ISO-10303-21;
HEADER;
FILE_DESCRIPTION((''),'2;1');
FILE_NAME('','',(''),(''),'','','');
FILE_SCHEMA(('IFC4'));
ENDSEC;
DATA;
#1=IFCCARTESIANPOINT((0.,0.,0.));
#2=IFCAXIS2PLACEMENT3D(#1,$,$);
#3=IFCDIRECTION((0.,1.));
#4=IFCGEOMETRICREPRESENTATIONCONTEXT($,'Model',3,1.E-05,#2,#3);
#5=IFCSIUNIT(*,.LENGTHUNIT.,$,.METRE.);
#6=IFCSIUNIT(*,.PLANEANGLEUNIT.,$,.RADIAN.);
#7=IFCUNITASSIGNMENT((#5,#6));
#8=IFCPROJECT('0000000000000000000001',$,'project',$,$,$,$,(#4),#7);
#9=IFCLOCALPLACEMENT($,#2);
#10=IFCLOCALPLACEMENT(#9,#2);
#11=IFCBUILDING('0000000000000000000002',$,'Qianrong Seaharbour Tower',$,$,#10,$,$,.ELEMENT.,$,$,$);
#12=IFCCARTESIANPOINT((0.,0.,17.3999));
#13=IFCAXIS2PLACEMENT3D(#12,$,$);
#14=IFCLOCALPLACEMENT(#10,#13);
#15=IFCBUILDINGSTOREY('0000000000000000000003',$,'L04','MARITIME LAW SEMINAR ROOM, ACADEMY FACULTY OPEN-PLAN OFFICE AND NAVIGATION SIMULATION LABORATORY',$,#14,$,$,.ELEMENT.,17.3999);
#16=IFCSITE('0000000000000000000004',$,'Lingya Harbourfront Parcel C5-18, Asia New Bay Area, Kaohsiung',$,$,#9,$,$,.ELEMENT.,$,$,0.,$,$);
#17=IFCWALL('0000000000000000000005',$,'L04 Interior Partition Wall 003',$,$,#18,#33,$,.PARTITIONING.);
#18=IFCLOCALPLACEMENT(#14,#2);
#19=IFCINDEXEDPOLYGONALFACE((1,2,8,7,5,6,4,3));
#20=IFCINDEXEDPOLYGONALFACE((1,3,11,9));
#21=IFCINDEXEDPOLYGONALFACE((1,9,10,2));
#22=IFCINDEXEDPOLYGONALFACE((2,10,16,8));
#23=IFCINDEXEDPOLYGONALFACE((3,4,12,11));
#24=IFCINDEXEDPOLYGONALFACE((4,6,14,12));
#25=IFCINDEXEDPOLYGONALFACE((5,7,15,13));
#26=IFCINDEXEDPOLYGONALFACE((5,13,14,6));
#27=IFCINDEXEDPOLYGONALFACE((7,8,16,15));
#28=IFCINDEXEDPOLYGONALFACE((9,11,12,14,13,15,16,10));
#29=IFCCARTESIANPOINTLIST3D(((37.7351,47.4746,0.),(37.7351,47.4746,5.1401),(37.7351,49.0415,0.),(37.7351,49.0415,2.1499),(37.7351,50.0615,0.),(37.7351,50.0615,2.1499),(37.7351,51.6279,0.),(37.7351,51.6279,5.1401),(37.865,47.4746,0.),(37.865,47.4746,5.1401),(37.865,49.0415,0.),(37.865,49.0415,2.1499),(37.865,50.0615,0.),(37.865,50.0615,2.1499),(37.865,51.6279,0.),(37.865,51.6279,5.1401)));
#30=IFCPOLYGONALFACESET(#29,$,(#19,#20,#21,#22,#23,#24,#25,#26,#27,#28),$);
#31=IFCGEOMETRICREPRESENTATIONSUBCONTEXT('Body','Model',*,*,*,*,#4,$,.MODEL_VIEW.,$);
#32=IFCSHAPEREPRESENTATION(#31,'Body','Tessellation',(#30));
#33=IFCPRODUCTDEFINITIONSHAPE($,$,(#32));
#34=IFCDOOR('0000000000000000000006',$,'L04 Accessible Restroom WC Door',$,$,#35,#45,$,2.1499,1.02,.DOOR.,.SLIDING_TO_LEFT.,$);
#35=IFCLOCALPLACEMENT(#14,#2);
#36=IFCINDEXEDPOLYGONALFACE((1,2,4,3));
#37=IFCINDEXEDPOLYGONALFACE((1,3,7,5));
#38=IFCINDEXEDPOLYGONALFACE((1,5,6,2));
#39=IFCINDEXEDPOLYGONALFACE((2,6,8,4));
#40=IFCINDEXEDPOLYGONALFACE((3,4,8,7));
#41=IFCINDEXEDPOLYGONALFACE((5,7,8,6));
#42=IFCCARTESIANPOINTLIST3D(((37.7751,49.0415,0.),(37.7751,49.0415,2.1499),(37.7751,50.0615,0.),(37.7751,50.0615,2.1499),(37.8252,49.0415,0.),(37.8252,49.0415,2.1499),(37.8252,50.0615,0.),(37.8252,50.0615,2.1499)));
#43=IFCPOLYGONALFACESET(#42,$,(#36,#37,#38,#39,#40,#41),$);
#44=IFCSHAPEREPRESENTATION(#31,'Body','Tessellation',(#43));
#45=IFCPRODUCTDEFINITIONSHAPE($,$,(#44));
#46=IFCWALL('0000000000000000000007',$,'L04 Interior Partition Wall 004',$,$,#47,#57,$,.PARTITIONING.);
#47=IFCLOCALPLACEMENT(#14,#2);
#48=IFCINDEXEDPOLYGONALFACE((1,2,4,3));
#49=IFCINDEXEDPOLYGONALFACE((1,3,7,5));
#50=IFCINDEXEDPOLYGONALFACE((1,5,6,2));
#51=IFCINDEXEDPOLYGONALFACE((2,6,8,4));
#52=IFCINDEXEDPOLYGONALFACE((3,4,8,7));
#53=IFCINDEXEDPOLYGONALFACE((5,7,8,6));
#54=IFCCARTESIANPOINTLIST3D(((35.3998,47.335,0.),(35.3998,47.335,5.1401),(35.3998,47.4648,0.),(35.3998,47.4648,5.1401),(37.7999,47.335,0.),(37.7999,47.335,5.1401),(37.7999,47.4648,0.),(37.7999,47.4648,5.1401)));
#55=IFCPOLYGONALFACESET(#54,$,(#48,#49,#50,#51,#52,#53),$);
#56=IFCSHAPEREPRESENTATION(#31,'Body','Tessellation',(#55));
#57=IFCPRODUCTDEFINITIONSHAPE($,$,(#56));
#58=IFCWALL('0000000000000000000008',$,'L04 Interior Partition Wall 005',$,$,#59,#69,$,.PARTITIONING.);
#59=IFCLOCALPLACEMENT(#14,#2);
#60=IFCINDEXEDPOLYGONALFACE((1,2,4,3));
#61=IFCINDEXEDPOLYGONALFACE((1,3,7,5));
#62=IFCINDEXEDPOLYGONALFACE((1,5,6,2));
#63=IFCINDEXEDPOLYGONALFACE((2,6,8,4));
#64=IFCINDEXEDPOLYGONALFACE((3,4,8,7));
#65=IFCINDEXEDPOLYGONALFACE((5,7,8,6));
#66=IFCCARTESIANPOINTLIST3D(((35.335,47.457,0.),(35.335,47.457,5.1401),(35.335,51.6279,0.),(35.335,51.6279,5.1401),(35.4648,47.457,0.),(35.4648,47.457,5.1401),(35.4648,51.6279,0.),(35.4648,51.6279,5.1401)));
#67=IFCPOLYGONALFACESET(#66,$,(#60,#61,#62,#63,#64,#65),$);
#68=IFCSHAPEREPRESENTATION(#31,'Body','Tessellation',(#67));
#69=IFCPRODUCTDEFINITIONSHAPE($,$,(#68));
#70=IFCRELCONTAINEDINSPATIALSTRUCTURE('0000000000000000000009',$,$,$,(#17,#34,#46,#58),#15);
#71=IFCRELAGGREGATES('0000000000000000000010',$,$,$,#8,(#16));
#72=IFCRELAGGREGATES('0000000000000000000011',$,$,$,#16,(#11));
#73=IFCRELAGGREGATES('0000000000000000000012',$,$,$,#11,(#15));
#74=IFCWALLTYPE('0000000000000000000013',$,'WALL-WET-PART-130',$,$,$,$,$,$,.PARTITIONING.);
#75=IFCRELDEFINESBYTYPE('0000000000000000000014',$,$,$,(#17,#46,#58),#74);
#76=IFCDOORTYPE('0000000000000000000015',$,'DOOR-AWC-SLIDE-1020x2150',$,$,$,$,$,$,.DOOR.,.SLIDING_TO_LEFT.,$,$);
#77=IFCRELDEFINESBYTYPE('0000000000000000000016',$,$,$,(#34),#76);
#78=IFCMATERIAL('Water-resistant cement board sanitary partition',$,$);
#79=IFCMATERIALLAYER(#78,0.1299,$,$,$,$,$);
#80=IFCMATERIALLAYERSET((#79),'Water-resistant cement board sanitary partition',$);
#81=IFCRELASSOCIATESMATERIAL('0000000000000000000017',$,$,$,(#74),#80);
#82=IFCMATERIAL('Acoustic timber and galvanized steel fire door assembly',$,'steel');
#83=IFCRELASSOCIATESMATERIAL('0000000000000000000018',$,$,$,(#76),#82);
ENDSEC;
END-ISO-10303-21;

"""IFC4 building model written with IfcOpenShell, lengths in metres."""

from ifc_helpers import new_model, si_unit, direction, frame, frame_2d, origin, place, context, subcontext, project, spatial, rectangle, extrude, material, layer, layer_set, type_object, element, fill, save


model = new_model("IFC4")

# Units and contexts
model_context = context("Model", 3, precision=1e-05, world=origin(), true_north=direction((0.0, 1.0)))
body_context = subcontext(model_context, "Body", "Model", "MODEL_VIEW")
ifc_project = project(units=[si_unit("LENGTHUNIT", "METRE"), si_unit("PLANEANGLEUNIT", "RADIAN")], contexts=[model_context])

# Site, building, storey
site_placement = place(None, origin())
site = spatial("IfcSite", under=ifc_project, at=site_placement, Name="Lingya Harbourfront Parcel C5-18, Asia New Bay Area, Kaohsiung", CompositionType="ELEMENT", RefElevation=0.0)
building_placement = place(site_placement, origin())
building = spatial("IfcBuilding", under=site, at=building_placement, Name="Qianrong Seaharbour Tower", CompositionType="ELEMENT")
storey_placement = place(building_placement, frame((0.0, 0.0, 17.3999)))
storey = spatial("IfcBuildingStorey", under=building, at=storey_placement, Name="L04", Description="MARITIME LAW SEMINAR ROOM, ACADEMY FACULTY OPEN-PLAN OFFICE AND NAVIGATION SIMULATION LABORATORY", CompositionType="ELEMENT", Elevation=17.3999)

# Wall, opening, door
ifc_material_1 = material(Name="Acoustic timber and galvanized steel fire door assembly", Category="steel")
ifc_material_2 = material(Name="Water-resistant cement board sanitary partition")
ifc_layer_1 = layer(ifc_material_2, 0.1299)
ifc_layer_set_1 = layer_set([ifc_layer_1], Name="Water-resistant cement board sanitary partition")
wall_type_1 = type_object("IfcWallType", Name="WALL-WET-PART-130", PredefinedType="PARTITIONING", material=ifc_layer_set_1)
wall_1_placement = place(storey_placement, frame((37.8, 47.4746, 0.0), z_axis=(0.0, 0.0, 1.0), x_axis=(0.0, 1.0, 0.0)))
wall_1 = element("IfcWall", 1, at=wall_1_placement, inside=storey, type_object=wall_type_1, Name="L04 Interior Partition Wall 003", PredefinedType="PARTITIONING", context=body_context, shape_type="SweptSolid", body=[
    extrude(rectangle(XDim=4.1533, YDim=0.1299, at=frame_2d((2.0767, 0.0))), origin(), (0.0, 0.0, 1.0), 5.1401),
])
opening_1_placement = place(wall_1_placement, frame((1.5669, 0.0, 0.0)))
opening_1 = element("IfcOpeningElement", 2, at=opening_1_placement, cuts=wall_1, PredefinedType="OPENING", context=body_context, shape_type="SweptSolid", body=[
    extrude(rectangle(XDim=1.02, YDim=2.1499, at=frame_2d((0.51, 1.075))), frame((0.0, 0.075, 0.0), z_axis=(0.0, -1.0, 0.0), x_axis=(1.0, 0.0, 0.0)), (0.0, 0.0, 1.0), 0.1499),
])
door_type_1 = type_object("IfcDoorType", Name="DOOR-AWC-SLIDE-1020x2150", OperationType="SLIDING_TO_LEFT", PredefinedType="DOOR", material=ifc_material_1)
door_1_placement = place(opening_1_placement, origin())
door_1 = element("IfcDoor", 3, at=door_1_placement, inside=storey, type_object=door_type_1, Name="L04 Accessible Restroom WC Door", OperationType="SLIDING_TO_LEFT", OverallHeight=2.1499, OverallWidth=1.02, PredefinedType="DOOR", context=body_context, shape_type="SweptSolid", body=[
    extrude(rectangle(XDim=1.02, YDim=2.1499, at=frame_2d((0.51, 1.075))), frame((0.0, 0.0249, 0.0), z_axis=(0.0, -1.0, 0.0), x_axis=(1.0, 0.0, 0.0)), (0.0, 0.0, 1.0), 0.05),
])
fill(opening_1, door_1)

# Walls
wall_2_placement = place(storey_placement, frame((37.8, 47.3999, 0.0), z_axis=(0.0, 0.0, 1.0), x_axis=(-1.0, 0.0, 0.0)))
element("IfcWall", 4, at=wall_2_placement, inside=storey, type_object=wall_type_1, Name="L04 Interior Partition Wall 004", PredefinedType="PARTITIONING", context=body_context, shape_type="SweptSolid", body=[
    extrude(rectangle(XDim=2.4001, YDim=0.1299, at=frame_2d((1.2002, 0.0))), origin(), (0.0, 0.0, 1.0), 5.1401),
])
wall_3_placement = place(storey_placement, frame((35.3999, 47.457, 0.0), z_axis=(0.0, 0.0, 1.0), x_axis=(0.0, 1.0, 0.0)))
element("IfcWall", 5, at=wall_3_placement, inside=storey, type_object=wall_type_1, Name="L04 Interior Partition Wall 005", PredefinedType="PARTITIONING", context=body_context, shape_type="SweptSolid", body=[
    extrude(rectangle(XDim=4.1709, YDim=0.1299, at=frame_2d((2.0854, 0.0))), origin(), (0.0, 0.0, 1.0), 5.1401),
])

save(model, "model.ifc")
